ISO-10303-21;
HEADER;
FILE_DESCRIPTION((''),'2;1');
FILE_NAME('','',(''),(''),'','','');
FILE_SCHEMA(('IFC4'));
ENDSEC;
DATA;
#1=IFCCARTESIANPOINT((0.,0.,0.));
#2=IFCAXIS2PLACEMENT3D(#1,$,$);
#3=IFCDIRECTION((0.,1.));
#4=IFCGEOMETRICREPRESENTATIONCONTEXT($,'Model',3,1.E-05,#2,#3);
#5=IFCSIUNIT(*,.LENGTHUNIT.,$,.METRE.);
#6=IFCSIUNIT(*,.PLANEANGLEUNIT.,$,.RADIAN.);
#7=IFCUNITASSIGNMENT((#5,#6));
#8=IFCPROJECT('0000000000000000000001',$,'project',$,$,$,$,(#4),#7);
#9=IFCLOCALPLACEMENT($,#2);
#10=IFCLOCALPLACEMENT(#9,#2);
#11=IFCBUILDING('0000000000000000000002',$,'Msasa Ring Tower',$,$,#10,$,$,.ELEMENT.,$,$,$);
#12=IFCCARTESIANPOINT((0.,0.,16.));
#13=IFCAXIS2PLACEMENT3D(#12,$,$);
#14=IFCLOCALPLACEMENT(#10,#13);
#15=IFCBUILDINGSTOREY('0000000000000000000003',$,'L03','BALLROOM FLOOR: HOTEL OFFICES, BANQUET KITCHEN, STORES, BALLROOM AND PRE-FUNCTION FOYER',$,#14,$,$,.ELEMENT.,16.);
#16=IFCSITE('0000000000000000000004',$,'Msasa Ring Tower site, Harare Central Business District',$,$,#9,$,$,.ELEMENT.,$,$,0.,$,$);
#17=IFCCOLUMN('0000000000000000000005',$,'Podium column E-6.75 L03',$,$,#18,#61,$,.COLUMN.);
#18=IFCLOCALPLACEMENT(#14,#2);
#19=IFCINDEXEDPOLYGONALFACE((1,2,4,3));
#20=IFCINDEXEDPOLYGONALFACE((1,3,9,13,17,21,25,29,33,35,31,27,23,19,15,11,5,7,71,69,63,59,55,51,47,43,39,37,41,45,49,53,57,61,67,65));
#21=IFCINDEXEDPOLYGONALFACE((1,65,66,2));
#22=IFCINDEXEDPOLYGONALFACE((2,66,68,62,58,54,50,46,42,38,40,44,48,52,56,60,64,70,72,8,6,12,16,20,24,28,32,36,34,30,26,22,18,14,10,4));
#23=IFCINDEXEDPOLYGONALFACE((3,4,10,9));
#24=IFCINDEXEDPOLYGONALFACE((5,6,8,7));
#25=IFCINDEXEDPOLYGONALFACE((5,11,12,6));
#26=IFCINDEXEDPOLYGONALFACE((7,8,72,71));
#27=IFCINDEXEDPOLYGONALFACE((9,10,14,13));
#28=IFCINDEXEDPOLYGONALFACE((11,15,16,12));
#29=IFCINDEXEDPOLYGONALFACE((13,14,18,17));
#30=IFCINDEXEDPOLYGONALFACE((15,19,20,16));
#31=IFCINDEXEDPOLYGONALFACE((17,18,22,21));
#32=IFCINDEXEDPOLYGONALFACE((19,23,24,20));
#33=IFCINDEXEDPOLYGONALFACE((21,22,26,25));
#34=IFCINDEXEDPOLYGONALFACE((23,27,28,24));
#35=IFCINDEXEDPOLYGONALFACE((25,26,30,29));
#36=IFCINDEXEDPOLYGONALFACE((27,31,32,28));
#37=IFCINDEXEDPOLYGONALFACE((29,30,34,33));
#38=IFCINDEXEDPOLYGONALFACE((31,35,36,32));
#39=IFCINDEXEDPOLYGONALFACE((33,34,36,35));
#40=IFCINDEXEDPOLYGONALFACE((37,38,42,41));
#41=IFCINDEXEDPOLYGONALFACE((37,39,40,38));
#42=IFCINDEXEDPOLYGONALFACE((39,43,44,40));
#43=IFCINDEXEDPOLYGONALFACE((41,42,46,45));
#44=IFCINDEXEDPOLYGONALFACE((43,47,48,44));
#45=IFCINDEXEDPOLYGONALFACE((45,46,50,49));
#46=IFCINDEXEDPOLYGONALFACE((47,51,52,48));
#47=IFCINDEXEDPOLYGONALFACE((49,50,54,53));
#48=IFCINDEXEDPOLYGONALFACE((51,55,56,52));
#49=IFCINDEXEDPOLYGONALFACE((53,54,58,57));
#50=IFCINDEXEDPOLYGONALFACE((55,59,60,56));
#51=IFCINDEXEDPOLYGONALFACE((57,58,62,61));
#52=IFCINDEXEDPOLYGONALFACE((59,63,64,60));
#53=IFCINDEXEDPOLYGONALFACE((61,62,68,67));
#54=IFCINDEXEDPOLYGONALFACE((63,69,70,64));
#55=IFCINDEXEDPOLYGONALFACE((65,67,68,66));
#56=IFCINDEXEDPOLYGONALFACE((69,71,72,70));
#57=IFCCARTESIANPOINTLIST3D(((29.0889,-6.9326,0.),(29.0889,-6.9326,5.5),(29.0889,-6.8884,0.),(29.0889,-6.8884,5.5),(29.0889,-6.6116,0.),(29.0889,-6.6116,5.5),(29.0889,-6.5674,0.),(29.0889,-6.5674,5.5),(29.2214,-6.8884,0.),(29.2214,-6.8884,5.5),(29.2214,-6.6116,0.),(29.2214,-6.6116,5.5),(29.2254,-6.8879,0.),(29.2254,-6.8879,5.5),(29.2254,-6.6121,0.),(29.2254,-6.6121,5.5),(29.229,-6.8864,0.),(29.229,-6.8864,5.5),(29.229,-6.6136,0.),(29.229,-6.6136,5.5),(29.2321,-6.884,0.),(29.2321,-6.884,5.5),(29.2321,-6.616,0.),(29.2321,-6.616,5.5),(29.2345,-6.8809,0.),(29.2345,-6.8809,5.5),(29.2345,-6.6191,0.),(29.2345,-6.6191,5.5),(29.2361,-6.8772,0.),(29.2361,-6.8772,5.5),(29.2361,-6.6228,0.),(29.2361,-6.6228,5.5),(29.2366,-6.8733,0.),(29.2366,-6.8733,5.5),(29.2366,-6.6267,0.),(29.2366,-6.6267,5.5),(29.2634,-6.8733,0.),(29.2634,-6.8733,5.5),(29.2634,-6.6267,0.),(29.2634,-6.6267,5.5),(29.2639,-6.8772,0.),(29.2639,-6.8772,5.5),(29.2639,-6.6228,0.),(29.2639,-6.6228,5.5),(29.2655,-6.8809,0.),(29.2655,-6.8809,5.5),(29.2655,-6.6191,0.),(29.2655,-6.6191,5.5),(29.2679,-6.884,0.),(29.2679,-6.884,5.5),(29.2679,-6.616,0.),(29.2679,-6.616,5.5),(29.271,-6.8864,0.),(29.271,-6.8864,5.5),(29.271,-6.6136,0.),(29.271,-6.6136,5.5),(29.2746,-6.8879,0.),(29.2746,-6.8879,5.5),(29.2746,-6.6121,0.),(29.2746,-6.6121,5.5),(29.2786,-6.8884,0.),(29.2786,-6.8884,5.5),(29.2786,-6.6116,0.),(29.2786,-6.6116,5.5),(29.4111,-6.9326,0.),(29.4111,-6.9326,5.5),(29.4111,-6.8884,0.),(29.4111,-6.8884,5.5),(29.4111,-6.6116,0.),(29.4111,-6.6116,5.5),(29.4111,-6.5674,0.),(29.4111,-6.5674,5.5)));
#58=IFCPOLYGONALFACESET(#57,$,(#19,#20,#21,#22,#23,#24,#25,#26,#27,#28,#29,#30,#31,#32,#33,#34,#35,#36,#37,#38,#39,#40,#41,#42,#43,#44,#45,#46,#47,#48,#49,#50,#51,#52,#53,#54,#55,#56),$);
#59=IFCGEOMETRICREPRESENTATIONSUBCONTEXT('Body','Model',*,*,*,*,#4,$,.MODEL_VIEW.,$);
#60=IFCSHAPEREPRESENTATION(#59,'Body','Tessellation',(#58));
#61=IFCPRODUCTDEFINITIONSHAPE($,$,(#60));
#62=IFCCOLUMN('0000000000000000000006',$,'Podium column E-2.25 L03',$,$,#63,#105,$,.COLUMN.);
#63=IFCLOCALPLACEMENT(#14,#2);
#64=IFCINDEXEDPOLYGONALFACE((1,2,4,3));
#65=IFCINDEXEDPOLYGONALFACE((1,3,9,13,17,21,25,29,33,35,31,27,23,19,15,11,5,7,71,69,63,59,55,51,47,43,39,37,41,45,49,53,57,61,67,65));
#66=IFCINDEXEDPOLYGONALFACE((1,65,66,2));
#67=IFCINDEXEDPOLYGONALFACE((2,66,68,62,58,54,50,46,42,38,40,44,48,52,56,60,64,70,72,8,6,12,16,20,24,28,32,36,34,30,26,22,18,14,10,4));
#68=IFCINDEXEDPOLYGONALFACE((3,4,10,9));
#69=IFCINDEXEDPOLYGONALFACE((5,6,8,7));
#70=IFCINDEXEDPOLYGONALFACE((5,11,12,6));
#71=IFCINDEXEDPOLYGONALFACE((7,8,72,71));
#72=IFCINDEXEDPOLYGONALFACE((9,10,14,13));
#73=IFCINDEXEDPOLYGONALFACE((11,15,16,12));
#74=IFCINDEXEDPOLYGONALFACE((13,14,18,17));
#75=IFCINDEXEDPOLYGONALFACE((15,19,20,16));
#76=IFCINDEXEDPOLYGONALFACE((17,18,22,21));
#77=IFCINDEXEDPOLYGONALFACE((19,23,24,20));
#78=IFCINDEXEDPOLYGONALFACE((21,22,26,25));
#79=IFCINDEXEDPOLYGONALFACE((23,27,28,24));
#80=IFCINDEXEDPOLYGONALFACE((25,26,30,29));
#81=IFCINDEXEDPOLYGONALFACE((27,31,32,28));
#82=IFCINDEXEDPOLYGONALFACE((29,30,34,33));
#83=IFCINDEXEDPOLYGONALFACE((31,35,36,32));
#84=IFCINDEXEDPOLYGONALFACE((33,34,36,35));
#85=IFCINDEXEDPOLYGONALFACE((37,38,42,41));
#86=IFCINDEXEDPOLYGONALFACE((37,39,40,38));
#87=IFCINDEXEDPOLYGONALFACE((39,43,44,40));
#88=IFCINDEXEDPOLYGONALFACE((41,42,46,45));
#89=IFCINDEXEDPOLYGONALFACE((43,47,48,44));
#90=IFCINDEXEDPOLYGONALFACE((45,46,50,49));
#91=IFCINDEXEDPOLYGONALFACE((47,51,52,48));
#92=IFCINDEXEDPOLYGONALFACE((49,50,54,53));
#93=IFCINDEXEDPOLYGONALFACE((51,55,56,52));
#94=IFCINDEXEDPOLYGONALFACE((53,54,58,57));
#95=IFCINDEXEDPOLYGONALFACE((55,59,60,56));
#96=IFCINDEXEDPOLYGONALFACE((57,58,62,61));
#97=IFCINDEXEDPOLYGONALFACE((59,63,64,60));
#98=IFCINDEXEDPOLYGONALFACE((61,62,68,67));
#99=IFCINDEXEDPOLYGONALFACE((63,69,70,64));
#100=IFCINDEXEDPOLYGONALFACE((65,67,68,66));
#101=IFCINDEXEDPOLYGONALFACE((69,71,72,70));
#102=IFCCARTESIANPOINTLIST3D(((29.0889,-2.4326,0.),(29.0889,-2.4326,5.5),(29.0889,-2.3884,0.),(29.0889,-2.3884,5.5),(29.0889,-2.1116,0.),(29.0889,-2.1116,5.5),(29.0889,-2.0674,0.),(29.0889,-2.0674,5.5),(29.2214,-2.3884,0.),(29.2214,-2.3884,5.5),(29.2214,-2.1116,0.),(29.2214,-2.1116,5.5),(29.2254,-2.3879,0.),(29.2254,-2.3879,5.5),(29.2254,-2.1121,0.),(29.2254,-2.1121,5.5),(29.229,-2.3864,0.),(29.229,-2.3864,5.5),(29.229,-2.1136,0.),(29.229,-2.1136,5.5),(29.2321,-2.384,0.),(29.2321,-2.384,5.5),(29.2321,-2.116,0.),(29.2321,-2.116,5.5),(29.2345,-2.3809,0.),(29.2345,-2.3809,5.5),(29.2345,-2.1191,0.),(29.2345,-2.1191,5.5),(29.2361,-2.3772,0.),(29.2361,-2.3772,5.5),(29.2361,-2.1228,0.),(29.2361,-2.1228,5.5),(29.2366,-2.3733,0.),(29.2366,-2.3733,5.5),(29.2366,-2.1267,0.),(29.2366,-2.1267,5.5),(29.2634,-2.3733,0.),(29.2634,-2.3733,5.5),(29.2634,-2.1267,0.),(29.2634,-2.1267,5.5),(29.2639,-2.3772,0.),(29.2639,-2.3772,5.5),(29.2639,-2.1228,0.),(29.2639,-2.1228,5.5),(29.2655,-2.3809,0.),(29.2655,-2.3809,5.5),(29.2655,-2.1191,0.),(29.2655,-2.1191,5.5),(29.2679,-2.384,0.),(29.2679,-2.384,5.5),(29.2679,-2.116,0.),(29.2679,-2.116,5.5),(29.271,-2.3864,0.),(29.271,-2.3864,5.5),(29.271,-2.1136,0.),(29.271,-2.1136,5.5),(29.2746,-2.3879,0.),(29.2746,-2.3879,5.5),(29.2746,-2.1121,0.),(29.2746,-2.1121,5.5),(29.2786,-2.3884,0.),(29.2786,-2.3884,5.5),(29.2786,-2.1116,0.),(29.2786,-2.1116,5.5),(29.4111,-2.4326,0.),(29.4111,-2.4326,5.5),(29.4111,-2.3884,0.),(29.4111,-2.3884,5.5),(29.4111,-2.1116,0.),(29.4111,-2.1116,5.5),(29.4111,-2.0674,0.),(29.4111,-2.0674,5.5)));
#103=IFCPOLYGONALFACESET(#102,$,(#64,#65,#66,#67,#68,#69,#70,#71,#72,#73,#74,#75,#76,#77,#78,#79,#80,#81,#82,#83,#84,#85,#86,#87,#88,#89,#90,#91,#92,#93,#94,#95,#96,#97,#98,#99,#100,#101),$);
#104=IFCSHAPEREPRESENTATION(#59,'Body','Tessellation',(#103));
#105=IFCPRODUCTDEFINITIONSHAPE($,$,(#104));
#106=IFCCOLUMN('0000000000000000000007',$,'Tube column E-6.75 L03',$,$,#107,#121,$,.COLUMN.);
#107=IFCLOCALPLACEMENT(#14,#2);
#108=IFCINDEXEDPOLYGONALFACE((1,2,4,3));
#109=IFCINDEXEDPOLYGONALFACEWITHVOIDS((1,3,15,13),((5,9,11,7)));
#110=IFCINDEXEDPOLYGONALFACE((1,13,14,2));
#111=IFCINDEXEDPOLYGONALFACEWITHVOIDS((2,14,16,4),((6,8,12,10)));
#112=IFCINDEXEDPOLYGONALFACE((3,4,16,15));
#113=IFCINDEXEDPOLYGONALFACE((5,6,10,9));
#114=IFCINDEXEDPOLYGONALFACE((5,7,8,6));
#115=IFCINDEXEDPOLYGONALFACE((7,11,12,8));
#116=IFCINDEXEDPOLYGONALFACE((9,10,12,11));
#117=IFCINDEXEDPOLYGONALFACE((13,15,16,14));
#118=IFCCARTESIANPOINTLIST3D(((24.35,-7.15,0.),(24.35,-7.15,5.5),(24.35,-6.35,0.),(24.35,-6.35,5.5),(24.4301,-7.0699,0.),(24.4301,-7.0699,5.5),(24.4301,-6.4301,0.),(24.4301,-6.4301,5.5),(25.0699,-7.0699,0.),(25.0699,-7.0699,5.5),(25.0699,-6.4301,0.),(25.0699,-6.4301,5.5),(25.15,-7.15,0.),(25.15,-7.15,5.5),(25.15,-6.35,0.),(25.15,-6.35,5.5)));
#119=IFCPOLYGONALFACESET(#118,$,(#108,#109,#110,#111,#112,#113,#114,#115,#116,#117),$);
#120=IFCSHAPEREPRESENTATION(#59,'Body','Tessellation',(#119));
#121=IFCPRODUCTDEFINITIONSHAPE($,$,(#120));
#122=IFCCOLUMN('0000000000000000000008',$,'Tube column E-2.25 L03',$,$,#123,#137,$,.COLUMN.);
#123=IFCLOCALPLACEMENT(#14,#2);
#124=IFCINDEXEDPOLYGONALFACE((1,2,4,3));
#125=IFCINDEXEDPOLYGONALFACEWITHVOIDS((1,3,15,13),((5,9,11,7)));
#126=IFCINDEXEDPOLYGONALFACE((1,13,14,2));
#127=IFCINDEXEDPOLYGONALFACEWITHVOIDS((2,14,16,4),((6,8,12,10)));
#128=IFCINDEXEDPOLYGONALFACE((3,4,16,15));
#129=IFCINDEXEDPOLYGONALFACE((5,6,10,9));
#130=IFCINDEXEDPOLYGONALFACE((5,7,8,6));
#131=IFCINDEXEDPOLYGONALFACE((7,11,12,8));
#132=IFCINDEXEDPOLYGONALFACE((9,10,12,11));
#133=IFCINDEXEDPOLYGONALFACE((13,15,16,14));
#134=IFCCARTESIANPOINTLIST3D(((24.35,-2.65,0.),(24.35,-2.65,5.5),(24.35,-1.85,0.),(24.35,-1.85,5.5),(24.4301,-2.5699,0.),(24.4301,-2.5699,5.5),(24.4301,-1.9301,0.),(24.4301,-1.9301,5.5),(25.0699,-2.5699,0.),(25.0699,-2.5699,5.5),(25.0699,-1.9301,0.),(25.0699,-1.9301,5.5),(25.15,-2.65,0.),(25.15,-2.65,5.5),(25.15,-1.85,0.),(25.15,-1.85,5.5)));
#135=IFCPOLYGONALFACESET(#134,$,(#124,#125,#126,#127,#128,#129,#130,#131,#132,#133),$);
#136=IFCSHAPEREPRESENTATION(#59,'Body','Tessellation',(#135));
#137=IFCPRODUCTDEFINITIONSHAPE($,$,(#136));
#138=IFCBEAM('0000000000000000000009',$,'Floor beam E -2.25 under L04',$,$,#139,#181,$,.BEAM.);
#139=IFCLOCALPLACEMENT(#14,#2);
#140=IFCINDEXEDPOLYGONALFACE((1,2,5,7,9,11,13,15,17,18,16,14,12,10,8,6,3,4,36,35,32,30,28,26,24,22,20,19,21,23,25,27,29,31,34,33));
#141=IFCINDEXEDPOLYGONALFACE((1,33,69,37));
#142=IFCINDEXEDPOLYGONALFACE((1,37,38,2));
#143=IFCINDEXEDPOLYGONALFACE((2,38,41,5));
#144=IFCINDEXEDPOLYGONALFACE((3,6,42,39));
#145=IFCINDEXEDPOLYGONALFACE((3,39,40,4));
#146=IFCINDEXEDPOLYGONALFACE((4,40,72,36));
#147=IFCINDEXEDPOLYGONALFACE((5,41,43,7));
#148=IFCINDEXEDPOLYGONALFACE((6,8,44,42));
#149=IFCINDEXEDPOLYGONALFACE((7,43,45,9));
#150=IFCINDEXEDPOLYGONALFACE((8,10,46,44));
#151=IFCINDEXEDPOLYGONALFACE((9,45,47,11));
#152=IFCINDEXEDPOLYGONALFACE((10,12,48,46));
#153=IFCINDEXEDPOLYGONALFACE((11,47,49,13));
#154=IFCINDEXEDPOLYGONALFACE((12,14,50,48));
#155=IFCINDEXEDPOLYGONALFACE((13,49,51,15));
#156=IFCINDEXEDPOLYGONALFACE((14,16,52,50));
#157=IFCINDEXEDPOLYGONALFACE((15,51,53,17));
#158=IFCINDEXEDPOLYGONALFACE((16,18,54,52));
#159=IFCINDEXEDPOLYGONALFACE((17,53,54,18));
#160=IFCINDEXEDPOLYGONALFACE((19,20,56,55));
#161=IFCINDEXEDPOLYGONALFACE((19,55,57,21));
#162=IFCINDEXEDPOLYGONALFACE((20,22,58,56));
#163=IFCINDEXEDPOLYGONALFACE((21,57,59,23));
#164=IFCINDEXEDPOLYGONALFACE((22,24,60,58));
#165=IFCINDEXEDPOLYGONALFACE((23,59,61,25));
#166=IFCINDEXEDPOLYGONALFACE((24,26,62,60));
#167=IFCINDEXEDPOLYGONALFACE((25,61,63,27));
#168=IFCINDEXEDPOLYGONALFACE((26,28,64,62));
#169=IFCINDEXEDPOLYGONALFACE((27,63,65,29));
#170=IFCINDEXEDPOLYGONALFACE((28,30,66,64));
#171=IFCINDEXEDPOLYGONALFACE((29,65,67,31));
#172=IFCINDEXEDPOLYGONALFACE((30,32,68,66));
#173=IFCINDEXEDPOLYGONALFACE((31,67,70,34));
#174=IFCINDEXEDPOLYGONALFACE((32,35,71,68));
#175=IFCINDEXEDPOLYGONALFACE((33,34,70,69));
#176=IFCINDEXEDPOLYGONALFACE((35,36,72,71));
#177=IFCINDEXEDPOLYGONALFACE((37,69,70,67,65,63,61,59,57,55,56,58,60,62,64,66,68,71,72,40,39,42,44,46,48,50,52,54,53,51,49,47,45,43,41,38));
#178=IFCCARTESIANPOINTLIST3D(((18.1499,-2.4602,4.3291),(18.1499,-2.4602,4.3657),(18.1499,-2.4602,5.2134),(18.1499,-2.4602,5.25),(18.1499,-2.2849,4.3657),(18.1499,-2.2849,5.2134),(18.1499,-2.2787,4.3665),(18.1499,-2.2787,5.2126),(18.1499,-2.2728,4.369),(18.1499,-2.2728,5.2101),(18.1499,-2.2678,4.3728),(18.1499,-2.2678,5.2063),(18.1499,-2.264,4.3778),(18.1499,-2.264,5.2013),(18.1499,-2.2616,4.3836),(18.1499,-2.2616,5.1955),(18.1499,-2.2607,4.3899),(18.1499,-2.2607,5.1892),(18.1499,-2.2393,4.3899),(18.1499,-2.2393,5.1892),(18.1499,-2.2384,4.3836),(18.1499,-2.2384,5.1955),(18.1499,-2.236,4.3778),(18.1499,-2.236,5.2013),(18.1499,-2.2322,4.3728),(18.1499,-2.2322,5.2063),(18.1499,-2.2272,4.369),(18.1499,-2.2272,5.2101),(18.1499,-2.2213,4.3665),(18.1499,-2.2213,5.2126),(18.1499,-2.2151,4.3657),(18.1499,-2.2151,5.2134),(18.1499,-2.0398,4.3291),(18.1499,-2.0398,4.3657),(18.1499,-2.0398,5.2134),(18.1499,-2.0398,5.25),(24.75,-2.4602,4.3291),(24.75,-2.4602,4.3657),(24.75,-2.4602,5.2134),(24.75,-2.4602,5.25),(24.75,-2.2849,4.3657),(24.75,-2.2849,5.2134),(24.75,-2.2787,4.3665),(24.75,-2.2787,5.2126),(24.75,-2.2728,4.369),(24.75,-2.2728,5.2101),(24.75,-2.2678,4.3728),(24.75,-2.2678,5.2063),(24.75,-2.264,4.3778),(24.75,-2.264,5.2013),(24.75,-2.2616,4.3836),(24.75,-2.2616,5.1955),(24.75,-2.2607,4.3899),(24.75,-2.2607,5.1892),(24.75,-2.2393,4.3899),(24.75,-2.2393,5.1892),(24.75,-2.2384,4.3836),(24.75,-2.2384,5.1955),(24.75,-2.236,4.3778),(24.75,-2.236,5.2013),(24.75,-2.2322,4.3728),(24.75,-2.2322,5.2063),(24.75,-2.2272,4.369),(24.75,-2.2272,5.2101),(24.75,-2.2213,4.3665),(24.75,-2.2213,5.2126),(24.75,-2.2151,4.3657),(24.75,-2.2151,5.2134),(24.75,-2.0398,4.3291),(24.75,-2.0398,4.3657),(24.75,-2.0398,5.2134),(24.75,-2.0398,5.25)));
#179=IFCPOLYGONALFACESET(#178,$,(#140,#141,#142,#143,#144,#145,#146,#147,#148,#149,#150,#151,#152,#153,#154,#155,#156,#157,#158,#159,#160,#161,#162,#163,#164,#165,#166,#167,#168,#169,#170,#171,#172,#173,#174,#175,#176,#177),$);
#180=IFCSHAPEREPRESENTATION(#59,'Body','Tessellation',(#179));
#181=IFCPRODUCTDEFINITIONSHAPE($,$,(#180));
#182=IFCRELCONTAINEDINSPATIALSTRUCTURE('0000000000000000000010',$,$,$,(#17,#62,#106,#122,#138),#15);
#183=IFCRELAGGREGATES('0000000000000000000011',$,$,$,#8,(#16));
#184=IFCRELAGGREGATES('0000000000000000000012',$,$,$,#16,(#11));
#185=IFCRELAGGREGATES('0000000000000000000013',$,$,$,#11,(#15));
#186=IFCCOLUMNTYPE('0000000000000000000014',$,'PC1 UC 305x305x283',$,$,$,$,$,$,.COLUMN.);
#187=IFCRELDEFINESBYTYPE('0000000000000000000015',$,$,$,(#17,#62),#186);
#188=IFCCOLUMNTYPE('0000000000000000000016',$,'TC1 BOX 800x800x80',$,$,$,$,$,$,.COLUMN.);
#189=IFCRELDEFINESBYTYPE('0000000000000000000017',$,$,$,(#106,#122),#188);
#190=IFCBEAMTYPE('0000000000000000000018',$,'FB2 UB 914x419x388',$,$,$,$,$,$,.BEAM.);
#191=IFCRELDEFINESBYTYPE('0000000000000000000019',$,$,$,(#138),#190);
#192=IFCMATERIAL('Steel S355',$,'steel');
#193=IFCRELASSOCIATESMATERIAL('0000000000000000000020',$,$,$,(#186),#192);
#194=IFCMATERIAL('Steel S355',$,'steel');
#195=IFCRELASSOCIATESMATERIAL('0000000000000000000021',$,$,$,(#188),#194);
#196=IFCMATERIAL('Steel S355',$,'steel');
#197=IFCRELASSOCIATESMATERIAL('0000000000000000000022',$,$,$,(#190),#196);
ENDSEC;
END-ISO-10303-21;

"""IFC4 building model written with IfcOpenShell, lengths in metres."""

from ifc_helpers import new_model, si_unit, direction, frame, origin, origin_2d, place, context, subcontext, project, spatial, hollow_rectangle, i_section, extrude, material, material_profile, profile_set, type_object, element, save


model = new_model("IFC4")

# Units and contexts
model_context = context("Model", 3, precision=1e-05, world=origin(), true_north=direction((0.0, 1.0)))
body_context = subcontext(model_context, "Body", "Model", "MODEL_VIEW")
ifc_project = project(units=[si_unit("LENGTHUNIT", "METRE"), si_unit("PLANEANGLEUNIT", "RADIAN")], contexts=[model_context])

# Site, building, storey
site_placement = place(None, origin())
site = spatial("IfcSite", under=ifc_project, at=site_placement, Name="Msasa Ring Tower site, Harare Central Business District", CompositionType="ELEMENT", RefElevation=0.0)
building_placement = place(site_placement, origin())
building = spatial("IfcBuilding", under=site, at=building_placement, Name="Msasa Ring Tower", CompositionType="ELEMENT")
storey_placement = place(building_placement, frame((0.0, 0.0, 16.0)))
storey = spatial("IfcBuildingStorey", under=building, at=storey_placement, Name="L03", Description="BALLROOM FLOOR: HOTEL OFFICES, BANQUET KITCHEN, STORES, BALLROOM AND PRE-FUNCTION FOYER", CompositionType="ELEMENT", Elevation=16.0)

# Columns
ifc_material_1 = material(Name="Steel S355", Category="steel")
ifc_material_profile_1 = material_profile(ifc_material_1, i_section(OverallWidth=0.3223, OverallDepth=0.3652, WebThickness=0.0269, FlangeThickness=0.0442, FilletRadius=0.0151, at=origin_2d()), Name="UC 305x305x283")
ifc_profile_set_1 = profile_set([ifc_material_profile_1], Name="Steel S355")
column_type_1 = type_object("IfcColumnType", Name="PC1 UC 305x305x283", PredefinedType="COLUMN", material=ifc_profile_set_1)
for number, where, z_axis, x_axis, name in (
    (1, (29.25, -6.75, 0.0), (0.0, 0.0, 1.0), (1.0, 0.0, 0.0), "Podium column E-6.75 L03"),
    (2, (29.25, -2.25, 0.0), (0.0, 0.0, 1.0), (1.0, 0.0, 0.0), "Podium column E-2.25 L03"),
):
    element("IfcColumn", number, at=place(storey_placement, frame(where, z_axis=z_axis, x_axis=x_axis)), inside=storey, type_object=column_type_1, Name=name, PredefinedType="COLUMN", context=body_context, shape_type="SweptSolid", body=[
        extrude(i_section(OverallWidth=0.3223, OverallDepth=0.3652, WebThickness=0.0269, FlangeThickness=0.0442, FilletRadius=0.0151, at=origin_2d()), origin(), (0.0, 0.0, 1.0), 5.5),
    ])
ifc_material_2 = material(Name="Steel S355", Category="steel")
ifc_material_profile_2 = material_profile(ifc_material_2, hollow_rectangle(XDim=0.8, YDim=0.8, WallThickness=0.0801, at=origin_2d()), Name="BOX 800x800x80")
ifc_profile_set_2 = profile_set([ifc_material_profile_2], Name="Steel S355")
column_type_2 = type_object("IfcColumnType", Name="TC1 BOX 800x800x80", PredefinedType="COLUMN", material=ifc_profile_set_2)
for number, where, z_axis, x_axis, name in (
    (3, (24.75, -6.75, 0.0), (0.0, 0.0, 1.0), (1.0, 0.0, 0.0), "Tube column E-6.75 L03"),
    (4, (24.75, -2.25, 0.0), (0.0, 0.0, 1.0), (1.0, 0.0, 0.0), "Tube column E-2.25 L03"),
):
    element("IfcColumn", number, at=place(storey_placement, frame(where, z_axis=z_axis, x_axis=x_axis)), inside=storey, type_object=column_type_2, Name=name, PredefinedType="COLUMN", context=body_context, shape_type="SweptSolid", body=[
        extrude(hollow_rectangle(XDim=0.8, YDim=0.8, WallThickness=0.0801, at=origin_2d()), origin(), (0.0, 0.0, 1.0), 5.5),
    ])

# Beam
ifc_material_3 = material(Name="Steel S355", Category="steel")
ifc_material_profile_3 = material_profile(ifc_material_3, i_section(OverallWidth=0.4204, OverallDepth=0.9209, WebThickness=0.0215, FlangeThickness=0.0366, FilletRadius=0.0242, at=origin_2d()), Name="UB 914x419x388")
ifc_profile_set_3 = profile_set([ifc_material_profile_3], Name="Steel S355")
beam_type_1 = type_object("IfcBeamType", Name="FB2 UB 914x419x388", PredefinedType="BEAM", material=ifc_profile_set_3)
beam_placement = place(storey_placement, frame((24.75, -2.25, 4.7896), z_axis=(-1.0, 0.0, 0.0), x_axis=(0.0, -1.0, 0.0)))
element("IfcBeam", 5, at=beam_placement, inside=storey, type_object=beam_type_1, Name="Floor beam E -2.25 under L04", PredefinedType="BEAM", context=body_context, shape_type="SweptSolid", body=[
    extrude(i_section(OverallWidth=0.4204, OverallDepth=0.9209, WebThickness=0.0215, FlangeThickness=0.0366, FilletRadius=0.0242, at=origin_2d()), origin(), (0.0, 0.0, 1.0), 6.6001),
])

save(model, "model.ifc")
